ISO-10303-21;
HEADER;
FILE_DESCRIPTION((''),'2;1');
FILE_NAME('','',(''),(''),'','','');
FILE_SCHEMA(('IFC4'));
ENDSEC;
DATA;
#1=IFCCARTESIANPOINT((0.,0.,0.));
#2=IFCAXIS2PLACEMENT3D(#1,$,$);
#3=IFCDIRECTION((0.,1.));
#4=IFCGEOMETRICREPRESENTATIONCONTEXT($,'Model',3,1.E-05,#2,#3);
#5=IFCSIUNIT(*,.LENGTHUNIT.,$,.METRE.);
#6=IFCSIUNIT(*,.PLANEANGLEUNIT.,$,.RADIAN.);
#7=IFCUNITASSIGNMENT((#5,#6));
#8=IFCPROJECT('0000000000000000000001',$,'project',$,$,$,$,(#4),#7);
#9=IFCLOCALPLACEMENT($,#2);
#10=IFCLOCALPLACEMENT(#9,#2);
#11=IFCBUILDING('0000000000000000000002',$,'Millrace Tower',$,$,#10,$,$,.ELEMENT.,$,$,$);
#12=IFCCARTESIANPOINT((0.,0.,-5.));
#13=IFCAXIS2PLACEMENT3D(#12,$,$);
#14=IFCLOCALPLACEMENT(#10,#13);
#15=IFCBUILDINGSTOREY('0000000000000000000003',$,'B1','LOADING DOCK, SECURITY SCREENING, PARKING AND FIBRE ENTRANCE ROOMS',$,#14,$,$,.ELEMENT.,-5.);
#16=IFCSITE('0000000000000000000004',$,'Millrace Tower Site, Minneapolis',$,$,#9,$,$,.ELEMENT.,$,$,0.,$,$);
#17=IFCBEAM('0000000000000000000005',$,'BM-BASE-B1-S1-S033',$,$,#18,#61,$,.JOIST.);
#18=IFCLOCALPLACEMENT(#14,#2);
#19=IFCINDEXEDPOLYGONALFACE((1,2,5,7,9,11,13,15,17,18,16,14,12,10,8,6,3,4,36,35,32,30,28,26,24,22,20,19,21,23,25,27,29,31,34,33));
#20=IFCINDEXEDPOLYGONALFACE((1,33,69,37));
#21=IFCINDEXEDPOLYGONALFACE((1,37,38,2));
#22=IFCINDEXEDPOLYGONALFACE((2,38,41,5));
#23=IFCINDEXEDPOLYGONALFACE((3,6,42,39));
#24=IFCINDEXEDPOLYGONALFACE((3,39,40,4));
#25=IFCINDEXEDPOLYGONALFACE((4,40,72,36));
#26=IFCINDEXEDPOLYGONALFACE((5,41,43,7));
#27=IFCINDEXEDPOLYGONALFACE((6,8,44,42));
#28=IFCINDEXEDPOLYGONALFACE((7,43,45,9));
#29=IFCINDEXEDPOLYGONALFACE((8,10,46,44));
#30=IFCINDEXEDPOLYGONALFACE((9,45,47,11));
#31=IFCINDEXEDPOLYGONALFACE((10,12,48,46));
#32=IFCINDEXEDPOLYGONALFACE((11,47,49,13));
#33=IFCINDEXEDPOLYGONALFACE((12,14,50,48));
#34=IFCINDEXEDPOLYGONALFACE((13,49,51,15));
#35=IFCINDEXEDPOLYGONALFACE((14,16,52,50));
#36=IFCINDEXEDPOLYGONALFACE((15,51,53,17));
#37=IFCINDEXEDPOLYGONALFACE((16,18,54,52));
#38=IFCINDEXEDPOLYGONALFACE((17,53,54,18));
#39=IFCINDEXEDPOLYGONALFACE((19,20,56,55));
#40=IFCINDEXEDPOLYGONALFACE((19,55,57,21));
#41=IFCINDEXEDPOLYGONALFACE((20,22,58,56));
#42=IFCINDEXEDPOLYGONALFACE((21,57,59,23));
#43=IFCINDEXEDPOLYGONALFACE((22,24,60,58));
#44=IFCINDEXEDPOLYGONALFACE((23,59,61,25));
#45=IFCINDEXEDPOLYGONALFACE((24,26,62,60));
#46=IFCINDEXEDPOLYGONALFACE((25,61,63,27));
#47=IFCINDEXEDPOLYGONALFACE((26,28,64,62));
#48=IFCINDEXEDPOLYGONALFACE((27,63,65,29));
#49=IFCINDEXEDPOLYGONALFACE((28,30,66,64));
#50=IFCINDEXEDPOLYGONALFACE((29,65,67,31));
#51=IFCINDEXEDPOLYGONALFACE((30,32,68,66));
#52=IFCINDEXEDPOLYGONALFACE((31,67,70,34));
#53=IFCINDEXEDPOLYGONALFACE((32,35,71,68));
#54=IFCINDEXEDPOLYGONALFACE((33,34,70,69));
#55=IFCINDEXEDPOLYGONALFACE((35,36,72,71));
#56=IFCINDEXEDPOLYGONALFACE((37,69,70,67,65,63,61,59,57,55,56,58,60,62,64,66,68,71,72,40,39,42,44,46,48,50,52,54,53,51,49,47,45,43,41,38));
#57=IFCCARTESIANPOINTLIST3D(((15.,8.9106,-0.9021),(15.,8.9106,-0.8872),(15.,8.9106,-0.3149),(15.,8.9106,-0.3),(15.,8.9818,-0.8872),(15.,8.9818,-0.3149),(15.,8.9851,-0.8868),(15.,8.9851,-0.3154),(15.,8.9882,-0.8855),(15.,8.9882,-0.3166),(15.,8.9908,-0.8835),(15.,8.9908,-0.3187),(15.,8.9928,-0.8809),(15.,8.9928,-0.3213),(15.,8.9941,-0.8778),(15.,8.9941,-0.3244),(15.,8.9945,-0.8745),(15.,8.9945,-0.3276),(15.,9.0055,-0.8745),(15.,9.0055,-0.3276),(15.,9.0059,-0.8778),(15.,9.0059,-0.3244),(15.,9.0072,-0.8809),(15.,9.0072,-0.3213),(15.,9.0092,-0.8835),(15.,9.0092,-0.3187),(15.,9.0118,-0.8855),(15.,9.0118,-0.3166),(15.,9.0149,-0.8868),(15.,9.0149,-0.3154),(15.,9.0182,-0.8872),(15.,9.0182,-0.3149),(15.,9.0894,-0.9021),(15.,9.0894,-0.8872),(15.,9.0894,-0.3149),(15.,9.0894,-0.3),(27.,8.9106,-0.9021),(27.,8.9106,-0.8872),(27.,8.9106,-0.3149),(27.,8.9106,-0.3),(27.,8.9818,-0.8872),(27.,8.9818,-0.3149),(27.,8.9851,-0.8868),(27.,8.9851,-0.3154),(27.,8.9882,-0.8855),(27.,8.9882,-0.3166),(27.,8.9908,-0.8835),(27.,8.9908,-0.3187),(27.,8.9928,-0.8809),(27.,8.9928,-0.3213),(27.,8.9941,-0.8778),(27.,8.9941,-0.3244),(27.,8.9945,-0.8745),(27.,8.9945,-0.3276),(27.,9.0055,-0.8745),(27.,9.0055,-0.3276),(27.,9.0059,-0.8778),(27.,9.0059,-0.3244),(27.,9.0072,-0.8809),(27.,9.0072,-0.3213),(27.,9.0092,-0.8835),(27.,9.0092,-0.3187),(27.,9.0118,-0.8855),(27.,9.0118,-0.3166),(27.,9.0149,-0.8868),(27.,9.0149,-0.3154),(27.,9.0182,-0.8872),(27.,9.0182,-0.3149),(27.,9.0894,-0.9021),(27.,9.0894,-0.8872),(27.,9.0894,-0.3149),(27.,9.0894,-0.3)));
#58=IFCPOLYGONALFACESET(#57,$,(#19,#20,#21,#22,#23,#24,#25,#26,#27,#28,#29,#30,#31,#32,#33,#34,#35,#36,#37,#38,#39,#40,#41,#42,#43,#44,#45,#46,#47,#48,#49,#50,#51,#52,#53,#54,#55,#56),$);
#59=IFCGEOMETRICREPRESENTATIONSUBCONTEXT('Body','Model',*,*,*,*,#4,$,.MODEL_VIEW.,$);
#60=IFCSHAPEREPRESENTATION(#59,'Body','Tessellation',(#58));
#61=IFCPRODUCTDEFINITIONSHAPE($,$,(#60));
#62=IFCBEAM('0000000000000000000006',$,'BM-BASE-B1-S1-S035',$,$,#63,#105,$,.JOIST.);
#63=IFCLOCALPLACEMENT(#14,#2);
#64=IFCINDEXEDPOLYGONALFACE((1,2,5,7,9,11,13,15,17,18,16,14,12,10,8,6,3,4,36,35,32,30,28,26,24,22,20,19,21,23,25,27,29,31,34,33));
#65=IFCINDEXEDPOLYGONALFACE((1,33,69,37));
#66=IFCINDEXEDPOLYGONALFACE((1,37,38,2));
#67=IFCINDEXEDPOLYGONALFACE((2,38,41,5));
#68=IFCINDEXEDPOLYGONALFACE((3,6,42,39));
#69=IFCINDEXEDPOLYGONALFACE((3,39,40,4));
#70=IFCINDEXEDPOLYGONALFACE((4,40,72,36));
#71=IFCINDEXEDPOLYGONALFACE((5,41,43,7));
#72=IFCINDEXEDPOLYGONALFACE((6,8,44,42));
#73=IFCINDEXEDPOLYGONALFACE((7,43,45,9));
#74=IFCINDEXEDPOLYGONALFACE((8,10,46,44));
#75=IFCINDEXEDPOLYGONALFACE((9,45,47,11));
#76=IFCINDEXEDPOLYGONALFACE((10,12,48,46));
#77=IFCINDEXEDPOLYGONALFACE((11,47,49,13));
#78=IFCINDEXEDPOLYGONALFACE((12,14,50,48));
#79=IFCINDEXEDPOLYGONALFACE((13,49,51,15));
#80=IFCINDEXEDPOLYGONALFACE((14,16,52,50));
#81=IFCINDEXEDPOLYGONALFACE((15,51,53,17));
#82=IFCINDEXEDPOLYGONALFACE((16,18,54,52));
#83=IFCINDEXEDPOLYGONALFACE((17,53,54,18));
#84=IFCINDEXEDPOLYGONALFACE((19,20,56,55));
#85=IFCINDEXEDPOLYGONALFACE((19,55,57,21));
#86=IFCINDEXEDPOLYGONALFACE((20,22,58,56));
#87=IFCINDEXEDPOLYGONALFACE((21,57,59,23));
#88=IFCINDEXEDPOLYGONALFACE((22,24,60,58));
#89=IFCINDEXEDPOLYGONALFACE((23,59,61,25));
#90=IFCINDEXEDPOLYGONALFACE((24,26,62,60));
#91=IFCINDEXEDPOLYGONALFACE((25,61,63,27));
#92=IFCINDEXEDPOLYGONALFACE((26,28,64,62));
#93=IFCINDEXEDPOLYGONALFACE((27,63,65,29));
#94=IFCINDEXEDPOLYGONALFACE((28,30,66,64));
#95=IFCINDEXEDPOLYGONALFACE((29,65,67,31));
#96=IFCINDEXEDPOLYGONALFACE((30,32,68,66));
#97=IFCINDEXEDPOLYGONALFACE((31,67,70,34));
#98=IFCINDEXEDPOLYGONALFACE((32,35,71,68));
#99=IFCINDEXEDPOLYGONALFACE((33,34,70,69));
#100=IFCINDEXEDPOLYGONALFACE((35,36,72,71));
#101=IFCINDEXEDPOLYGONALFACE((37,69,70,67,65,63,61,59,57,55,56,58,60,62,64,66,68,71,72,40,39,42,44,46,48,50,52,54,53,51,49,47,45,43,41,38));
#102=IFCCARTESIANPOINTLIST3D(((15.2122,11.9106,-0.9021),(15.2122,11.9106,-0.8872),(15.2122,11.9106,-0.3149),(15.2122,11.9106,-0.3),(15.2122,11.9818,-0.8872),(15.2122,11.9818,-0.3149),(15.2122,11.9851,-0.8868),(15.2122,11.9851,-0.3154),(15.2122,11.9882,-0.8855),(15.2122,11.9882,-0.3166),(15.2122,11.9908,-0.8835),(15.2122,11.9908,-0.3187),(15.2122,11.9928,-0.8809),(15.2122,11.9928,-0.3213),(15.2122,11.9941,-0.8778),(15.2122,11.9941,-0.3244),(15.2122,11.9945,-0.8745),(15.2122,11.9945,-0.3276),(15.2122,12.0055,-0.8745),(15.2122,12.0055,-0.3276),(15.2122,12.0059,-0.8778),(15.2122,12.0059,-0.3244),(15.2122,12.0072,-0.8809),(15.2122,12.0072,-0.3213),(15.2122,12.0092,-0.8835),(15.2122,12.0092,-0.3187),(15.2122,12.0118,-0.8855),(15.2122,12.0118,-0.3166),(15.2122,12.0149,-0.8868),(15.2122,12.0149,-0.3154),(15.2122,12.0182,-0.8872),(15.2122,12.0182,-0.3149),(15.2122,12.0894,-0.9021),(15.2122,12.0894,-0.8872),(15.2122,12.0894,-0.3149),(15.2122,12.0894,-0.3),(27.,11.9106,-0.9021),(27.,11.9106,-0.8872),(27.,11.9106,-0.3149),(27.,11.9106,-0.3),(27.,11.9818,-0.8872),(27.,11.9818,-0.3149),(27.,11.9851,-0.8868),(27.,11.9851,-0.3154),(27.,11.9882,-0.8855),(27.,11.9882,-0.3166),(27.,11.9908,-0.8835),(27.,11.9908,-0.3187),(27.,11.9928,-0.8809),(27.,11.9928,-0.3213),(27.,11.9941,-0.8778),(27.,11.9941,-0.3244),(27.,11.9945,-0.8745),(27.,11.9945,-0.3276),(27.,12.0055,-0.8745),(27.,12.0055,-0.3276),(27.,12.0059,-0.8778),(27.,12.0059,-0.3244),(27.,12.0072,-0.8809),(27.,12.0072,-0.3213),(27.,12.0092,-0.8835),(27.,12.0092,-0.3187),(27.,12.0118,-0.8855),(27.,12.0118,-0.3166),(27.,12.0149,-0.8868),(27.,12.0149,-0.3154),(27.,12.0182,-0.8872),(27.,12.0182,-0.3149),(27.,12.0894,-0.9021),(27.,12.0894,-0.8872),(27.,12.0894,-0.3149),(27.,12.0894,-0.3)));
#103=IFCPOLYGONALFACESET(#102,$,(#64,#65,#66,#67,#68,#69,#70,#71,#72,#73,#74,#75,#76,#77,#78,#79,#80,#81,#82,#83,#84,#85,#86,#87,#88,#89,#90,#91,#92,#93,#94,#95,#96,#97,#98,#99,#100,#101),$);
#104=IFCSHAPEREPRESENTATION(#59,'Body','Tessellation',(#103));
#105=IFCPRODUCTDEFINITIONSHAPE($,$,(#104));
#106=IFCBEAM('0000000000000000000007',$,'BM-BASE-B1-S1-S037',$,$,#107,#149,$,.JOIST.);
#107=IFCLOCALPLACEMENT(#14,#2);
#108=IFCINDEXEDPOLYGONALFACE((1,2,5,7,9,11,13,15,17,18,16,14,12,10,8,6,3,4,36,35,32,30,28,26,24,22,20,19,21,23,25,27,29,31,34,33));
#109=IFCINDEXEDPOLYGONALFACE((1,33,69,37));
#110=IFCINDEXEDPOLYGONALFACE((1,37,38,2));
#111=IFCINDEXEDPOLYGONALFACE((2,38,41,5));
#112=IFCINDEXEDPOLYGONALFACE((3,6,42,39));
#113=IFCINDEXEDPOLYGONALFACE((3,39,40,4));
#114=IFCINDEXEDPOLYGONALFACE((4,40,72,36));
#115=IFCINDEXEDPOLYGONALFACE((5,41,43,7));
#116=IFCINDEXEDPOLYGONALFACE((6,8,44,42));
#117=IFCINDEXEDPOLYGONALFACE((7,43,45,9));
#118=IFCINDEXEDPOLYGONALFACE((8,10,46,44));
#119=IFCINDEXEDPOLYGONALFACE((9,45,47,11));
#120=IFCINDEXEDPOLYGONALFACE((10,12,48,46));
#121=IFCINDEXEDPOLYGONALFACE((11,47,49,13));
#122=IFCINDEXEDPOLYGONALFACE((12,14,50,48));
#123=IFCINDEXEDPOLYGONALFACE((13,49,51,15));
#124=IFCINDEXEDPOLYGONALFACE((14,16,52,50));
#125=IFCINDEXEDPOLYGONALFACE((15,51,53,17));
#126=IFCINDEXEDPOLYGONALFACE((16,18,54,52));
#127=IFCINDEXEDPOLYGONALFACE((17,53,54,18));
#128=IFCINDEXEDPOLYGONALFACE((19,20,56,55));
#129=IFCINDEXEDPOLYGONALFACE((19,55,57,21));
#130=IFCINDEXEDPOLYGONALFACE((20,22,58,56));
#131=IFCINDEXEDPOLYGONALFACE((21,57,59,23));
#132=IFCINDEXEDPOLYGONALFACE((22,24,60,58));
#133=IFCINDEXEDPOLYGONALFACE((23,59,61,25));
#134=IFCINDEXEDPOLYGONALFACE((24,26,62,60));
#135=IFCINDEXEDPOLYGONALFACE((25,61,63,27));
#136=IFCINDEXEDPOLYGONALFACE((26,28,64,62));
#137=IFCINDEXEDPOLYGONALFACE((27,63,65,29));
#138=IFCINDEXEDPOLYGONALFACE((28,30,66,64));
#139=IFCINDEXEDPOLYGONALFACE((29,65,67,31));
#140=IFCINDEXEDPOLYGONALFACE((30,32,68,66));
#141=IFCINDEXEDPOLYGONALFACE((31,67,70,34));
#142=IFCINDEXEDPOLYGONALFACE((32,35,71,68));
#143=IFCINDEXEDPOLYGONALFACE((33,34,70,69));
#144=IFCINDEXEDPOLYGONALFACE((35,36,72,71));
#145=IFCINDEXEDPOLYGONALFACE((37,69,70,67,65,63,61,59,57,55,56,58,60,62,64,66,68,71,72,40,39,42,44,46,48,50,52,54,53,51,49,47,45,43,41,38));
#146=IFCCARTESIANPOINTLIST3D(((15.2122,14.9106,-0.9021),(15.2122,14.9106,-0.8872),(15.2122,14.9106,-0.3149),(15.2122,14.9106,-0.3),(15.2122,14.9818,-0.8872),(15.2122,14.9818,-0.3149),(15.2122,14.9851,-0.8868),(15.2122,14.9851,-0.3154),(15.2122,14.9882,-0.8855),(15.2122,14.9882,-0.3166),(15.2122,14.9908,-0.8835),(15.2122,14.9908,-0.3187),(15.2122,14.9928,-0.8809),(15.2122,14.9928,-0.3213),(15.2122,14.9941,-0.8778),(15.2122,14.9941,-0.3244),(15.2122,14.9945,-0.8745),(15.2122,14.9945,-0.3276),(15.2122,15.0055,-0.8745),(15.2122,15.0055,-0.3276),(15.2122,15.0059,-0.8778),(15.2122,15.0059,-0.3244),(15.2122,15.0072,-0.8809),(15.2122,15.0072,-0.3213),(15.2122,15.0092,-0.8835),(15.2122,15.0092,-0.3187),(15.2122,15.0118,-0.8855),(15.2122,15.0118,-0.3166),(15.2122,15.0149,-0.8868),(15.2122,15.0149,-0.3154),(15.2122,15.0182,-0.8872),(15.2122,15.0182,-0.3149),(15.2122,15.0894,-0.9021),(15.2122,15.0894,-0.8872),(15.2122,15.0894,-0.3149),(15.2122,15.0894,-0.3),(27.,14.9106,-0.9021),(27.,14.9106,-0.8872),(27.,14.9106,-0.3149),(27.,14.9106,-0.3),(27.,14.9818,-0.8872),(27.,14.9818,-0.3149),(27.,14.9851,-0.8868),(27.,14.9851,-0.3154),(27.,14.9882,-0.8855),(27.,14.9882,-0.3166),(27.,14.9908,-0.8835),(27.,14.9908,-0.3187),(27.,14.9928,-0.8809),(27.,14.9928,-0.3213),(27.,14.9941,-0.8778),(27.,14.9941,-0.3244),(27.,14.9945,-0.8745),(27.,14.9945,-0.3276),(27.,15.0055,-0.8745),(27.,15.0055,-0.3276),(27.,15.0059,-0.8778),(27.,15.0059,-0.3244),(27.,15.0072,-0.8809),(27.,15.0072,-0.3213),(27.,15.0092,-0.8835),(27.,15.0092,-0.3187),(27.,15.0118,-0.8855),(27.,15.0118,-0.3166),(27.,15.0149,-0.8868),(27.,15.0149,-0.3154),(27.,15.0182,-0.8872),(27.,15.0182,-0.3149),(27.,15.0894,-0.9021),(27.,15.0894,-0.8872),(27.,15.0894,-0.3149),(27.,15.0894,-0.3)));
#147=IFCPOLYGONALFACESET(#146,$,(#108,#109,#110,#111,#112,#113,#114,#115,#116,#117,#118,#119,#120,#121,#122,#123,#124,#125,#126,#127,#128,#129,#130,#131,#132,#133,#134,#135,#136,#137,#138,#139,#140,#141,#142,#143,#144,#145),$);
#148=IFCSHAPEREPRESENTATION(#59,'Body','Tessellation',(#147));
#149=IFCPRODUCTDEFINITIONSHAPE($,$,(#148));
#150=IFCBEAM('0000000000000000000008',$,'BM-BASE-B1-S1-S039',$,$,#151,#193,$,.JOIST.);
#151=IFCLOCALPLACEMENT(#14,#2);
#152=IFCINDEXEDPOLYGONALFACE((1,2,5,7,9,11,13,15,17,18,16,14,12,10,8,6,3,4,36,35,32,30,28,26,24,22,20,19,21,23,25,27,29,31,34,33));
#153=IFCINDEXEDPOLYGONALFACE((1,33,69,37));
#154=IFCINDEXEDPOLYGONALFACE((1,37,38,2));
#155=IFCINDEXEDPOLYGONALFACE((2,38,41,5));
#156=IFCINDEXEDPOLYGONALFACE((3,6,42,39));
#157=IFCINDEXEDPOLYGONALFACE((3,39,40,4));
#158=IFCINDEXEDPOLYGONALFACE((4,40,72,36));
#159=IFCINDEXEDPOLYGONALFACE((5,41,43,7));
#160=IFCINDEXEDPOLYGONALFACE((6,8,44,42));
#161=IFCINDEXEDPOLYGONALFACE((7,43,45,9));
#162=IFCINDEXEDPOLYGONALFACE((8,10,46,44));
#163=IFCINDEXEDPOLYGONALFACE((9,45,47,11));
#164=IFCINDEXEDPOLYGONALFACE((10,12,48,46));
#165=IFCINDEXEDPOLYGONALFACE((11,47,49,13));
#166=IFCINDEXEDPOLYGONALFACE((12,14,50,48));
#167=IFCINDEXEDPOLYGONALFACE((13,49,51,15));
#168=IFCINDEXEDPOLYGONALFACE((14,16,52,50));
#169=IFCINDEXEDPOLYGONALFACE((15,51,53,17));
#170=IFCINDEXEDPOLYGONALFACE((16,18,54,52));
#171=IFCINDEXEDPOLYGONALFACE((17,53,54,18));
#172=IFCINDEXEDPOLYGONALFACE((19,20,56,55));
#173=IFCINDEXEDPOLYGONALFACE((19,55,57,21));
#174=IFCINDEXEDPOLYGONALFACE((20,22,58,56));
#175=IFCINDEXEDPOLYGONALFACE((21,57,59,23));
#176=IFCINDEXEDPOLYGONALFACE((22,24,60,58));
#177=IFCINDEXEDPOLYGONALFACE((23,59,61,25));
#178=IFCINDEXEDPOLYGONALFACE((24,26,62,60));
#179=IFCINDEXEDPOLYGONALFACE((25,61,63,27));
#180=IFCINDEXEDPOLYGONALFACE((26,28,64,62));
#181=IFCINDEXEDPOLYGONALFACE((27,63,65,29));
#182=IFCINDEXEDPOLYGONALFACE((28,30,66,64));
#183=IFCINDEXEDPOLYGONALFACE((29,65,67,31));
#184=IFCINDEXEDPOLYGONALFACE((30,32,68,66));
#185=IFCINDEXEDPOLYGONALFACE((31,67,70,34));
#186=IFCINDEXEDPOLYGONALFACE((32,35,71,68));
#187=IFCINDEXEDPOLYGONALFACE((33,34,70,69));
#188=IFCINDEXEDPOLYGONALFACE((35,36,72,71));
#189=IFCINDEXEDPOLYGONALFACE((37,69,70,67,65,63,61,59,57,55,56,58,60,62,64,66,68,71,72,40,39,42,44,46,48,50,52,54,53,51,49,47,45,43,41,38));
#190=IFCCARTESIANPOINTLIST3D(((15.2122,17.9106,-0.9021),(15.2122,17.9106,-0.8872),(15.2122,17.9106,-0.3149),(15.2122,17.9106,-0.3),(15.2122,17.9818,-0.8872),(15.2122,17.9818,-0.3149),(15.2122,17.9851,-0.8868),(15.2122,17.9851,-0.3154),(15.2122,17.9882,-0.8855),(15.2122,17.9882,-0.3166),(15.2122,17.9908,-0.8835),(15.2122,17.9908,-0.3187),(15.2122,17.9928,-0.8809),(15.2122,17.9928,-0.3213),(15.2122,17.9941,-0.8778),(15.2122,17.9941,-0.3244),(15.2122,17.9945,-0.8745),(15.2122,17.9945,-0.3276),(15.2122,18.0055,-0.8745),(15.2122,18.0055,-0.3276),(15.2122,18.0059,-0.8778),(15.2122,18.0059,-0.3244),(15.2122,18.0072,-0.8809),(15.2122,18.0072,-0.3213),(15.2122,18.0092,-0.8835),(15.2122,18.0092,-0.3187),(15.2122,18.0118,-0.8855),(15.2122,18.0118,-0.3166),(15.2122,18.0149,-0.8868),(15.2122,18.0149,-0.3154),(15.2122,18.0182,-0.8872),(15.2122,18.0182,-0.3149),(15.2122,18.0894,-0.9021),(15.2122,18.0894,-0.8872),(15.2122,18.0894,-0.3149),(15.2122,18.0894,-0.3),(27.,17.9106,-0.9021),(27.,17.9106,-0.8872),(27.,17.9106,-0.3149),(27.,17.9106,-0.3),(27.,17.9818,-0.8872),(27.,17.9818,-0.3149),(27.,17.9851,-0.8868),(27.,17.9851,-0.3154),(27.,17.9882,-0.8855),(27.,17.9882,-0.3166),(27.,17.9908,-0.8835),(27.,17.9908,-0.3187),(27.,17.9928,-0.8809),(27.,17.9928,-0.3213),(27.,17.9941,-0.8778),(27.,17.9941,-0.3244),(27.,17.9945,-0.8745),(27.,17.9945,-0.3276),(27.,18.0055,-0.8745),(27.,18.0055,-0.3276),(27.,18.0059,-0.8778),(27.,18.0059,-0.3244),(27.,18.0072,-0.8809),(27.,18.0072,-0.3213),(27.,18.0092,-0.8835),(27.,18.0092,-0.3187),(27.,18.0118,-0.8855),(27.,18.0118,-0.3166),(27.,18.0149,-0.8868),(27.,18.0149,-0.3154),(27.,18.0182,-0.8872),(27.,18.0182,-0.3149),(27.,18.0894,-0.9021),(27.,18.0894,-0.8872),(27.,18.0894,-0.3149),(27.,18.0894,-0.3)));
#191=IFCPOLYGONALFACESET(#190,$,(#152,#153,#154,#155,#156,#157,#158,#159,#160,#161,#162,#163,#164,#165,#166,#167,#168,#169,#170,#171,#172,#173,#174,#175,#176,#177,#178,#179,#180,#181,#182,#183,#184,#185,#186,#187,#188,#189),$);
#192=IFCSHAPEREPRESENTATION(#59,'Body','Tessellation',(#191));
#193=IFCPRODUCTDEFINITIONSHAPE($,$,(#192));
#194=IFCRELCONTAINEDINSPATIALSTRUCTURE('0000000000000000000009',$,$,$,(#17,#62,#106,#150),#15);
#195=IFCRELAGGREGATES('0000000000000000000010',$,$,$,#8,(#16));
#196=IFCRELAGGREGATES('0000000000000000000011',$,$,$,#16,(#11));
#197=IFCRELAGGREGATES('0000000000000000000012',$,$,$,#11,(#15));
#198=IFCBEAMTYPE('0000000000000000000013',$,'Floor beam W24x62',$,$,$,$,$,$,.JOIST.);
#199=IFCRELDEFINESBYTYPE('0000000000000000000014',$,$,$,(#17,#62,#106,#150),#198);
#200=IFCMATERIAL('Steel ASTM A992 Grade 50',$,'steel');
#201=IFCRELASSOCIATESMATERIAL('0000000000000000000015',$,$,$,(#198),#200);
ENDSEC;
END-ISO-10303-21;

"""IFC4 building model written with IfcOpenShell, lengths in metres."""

from ifc_helpers import new_model, si_unit, direction, frame, origin, origin_2d, place, context, subcontext, project, spatial, i_section, extrude, material, material_profile, profile_set, type_object, element, save


model = new_model("IFC4")

# Units and contexts
model_context = context("Model", 3, precision=1e-05, world=origin(), true_north=direction((0.0, 1.0)))
body_context = subcontext(model_context, "Body", "Model", "MODEL_VIEW")
ifc_project = project(units=[si_unit("LENGTHUNIT", "METRE"), si_unit("PLANEANGLEUNIT", "RADIAN")], contexts=[model_context])

# Site, building, storey
site_placement = place(None, origin())
site = spatial("IfcSite", under=ifc_project, at=site_placement, Name="Millrace Tower Site, Minneapolis", CompositionType="ELEMENT", RefElevation=0.0)
building_placement = place(site_placement, origin())
building = spatial("IfcBuilding", under=site, at=building_placement, Name="Millrace Tower", CompositionType="ELEMENT")
storey_placement = place(building_placement, frame((0.0, 0.0, -5.0)))
storey = spatial("IfcBuildingStorey", under=building, at=storey_placement, Name="B1", Description="LOADING DOCK, SECURITY SCREENING, PARKING AND FIBRE ENTRANCE ROOMS", CompositionType="ELEMENT", Elevation=-5.0)

# Beams
ifc_material_1 = material(Name="Steel ASTM A992 Grade 50", Category="steel")
ifc_material_profile_1 = material_profile(ifc_material_1, i_section(OverallWidth=0.1787, OverallDepth=0.6021, WebThickness=0.011, FlangeThickness=0.0149, FilletRadius=0.0127, at=origin_2d()))
ifc_profile_set_1 = profile_set([ifc_material_profile_1], Name="Steel ASTM A992 Grade 50")
beam_type_1 = type_object("IfcBeamType", Name="Floor beam W24x62", PredefinedType="JOIST", material=ifc_profile_set_1)
for number, where, z_axis, x_axis, name in (
    (1, (15.0, 9.0, -0.6011), (1.0, 0.0, 0.0), (0.0, 1.0, 0.0), "BM-BASE-B1-S1-S033"),
):
    element("IfcBeam", number, at=place(storey_placement, frame(where, z_axis=z_axis, x_axis=x_axis)), inside=storey, type_object=beam_type_1, Name=name, PredefinedType="JOIST", context=body_context, shape_type="SweptSolid", body=[
        extrude(i_section(OverallWidth=0.1787, OverallDepth=0.6021, WebThickness=0.011, FlangeThickness=0.0149, FilletRadius=0.0127, at=origin_2d()), origin(), (0.0, 0.0, 1.0), 12.0),
    ])
for number, where, z_axis, x_axis, name in (
    (2, (15.2122, 12.0, -0.6011), (1.0, 0.0, 0.0), (0.0, 1.0, 0.0), "BM-BASE-B1-S1-S035"),
    (3, (15.2122, 15.0, -0.6011), (1.0, 0.0, 0.0), (0.0, 1.0, 0.0), "BM-BASE-B1-S1-S037"),
    (4, (15.2122, 18.0, -0.6011), (1.0, 0.0, 0.0), (0.0, 1.0, 0.0), "BM-BASE-B1-S1-S039"),
):
    element("IfcBeam", number, at=place(storey_placement, frame(where, z_axis=z_axis, x_axis=x_axis)), inside=storey, type_object=beam_type_1, Name=name, PredefinedType="JOIST", context=body_context, shape_type="SweptSolid", body=[
        extrude(i_section(OverallWidth=0.1787, OverallDepth=0.6021, WebThickness=0.011, FlangeThickness=0.0149, FilletRadius=0.0127, at=origin_2d()), origin(), (0.0, 0.0, 1.0), 11.7878),
    ])

save(model, "model.ifc")
